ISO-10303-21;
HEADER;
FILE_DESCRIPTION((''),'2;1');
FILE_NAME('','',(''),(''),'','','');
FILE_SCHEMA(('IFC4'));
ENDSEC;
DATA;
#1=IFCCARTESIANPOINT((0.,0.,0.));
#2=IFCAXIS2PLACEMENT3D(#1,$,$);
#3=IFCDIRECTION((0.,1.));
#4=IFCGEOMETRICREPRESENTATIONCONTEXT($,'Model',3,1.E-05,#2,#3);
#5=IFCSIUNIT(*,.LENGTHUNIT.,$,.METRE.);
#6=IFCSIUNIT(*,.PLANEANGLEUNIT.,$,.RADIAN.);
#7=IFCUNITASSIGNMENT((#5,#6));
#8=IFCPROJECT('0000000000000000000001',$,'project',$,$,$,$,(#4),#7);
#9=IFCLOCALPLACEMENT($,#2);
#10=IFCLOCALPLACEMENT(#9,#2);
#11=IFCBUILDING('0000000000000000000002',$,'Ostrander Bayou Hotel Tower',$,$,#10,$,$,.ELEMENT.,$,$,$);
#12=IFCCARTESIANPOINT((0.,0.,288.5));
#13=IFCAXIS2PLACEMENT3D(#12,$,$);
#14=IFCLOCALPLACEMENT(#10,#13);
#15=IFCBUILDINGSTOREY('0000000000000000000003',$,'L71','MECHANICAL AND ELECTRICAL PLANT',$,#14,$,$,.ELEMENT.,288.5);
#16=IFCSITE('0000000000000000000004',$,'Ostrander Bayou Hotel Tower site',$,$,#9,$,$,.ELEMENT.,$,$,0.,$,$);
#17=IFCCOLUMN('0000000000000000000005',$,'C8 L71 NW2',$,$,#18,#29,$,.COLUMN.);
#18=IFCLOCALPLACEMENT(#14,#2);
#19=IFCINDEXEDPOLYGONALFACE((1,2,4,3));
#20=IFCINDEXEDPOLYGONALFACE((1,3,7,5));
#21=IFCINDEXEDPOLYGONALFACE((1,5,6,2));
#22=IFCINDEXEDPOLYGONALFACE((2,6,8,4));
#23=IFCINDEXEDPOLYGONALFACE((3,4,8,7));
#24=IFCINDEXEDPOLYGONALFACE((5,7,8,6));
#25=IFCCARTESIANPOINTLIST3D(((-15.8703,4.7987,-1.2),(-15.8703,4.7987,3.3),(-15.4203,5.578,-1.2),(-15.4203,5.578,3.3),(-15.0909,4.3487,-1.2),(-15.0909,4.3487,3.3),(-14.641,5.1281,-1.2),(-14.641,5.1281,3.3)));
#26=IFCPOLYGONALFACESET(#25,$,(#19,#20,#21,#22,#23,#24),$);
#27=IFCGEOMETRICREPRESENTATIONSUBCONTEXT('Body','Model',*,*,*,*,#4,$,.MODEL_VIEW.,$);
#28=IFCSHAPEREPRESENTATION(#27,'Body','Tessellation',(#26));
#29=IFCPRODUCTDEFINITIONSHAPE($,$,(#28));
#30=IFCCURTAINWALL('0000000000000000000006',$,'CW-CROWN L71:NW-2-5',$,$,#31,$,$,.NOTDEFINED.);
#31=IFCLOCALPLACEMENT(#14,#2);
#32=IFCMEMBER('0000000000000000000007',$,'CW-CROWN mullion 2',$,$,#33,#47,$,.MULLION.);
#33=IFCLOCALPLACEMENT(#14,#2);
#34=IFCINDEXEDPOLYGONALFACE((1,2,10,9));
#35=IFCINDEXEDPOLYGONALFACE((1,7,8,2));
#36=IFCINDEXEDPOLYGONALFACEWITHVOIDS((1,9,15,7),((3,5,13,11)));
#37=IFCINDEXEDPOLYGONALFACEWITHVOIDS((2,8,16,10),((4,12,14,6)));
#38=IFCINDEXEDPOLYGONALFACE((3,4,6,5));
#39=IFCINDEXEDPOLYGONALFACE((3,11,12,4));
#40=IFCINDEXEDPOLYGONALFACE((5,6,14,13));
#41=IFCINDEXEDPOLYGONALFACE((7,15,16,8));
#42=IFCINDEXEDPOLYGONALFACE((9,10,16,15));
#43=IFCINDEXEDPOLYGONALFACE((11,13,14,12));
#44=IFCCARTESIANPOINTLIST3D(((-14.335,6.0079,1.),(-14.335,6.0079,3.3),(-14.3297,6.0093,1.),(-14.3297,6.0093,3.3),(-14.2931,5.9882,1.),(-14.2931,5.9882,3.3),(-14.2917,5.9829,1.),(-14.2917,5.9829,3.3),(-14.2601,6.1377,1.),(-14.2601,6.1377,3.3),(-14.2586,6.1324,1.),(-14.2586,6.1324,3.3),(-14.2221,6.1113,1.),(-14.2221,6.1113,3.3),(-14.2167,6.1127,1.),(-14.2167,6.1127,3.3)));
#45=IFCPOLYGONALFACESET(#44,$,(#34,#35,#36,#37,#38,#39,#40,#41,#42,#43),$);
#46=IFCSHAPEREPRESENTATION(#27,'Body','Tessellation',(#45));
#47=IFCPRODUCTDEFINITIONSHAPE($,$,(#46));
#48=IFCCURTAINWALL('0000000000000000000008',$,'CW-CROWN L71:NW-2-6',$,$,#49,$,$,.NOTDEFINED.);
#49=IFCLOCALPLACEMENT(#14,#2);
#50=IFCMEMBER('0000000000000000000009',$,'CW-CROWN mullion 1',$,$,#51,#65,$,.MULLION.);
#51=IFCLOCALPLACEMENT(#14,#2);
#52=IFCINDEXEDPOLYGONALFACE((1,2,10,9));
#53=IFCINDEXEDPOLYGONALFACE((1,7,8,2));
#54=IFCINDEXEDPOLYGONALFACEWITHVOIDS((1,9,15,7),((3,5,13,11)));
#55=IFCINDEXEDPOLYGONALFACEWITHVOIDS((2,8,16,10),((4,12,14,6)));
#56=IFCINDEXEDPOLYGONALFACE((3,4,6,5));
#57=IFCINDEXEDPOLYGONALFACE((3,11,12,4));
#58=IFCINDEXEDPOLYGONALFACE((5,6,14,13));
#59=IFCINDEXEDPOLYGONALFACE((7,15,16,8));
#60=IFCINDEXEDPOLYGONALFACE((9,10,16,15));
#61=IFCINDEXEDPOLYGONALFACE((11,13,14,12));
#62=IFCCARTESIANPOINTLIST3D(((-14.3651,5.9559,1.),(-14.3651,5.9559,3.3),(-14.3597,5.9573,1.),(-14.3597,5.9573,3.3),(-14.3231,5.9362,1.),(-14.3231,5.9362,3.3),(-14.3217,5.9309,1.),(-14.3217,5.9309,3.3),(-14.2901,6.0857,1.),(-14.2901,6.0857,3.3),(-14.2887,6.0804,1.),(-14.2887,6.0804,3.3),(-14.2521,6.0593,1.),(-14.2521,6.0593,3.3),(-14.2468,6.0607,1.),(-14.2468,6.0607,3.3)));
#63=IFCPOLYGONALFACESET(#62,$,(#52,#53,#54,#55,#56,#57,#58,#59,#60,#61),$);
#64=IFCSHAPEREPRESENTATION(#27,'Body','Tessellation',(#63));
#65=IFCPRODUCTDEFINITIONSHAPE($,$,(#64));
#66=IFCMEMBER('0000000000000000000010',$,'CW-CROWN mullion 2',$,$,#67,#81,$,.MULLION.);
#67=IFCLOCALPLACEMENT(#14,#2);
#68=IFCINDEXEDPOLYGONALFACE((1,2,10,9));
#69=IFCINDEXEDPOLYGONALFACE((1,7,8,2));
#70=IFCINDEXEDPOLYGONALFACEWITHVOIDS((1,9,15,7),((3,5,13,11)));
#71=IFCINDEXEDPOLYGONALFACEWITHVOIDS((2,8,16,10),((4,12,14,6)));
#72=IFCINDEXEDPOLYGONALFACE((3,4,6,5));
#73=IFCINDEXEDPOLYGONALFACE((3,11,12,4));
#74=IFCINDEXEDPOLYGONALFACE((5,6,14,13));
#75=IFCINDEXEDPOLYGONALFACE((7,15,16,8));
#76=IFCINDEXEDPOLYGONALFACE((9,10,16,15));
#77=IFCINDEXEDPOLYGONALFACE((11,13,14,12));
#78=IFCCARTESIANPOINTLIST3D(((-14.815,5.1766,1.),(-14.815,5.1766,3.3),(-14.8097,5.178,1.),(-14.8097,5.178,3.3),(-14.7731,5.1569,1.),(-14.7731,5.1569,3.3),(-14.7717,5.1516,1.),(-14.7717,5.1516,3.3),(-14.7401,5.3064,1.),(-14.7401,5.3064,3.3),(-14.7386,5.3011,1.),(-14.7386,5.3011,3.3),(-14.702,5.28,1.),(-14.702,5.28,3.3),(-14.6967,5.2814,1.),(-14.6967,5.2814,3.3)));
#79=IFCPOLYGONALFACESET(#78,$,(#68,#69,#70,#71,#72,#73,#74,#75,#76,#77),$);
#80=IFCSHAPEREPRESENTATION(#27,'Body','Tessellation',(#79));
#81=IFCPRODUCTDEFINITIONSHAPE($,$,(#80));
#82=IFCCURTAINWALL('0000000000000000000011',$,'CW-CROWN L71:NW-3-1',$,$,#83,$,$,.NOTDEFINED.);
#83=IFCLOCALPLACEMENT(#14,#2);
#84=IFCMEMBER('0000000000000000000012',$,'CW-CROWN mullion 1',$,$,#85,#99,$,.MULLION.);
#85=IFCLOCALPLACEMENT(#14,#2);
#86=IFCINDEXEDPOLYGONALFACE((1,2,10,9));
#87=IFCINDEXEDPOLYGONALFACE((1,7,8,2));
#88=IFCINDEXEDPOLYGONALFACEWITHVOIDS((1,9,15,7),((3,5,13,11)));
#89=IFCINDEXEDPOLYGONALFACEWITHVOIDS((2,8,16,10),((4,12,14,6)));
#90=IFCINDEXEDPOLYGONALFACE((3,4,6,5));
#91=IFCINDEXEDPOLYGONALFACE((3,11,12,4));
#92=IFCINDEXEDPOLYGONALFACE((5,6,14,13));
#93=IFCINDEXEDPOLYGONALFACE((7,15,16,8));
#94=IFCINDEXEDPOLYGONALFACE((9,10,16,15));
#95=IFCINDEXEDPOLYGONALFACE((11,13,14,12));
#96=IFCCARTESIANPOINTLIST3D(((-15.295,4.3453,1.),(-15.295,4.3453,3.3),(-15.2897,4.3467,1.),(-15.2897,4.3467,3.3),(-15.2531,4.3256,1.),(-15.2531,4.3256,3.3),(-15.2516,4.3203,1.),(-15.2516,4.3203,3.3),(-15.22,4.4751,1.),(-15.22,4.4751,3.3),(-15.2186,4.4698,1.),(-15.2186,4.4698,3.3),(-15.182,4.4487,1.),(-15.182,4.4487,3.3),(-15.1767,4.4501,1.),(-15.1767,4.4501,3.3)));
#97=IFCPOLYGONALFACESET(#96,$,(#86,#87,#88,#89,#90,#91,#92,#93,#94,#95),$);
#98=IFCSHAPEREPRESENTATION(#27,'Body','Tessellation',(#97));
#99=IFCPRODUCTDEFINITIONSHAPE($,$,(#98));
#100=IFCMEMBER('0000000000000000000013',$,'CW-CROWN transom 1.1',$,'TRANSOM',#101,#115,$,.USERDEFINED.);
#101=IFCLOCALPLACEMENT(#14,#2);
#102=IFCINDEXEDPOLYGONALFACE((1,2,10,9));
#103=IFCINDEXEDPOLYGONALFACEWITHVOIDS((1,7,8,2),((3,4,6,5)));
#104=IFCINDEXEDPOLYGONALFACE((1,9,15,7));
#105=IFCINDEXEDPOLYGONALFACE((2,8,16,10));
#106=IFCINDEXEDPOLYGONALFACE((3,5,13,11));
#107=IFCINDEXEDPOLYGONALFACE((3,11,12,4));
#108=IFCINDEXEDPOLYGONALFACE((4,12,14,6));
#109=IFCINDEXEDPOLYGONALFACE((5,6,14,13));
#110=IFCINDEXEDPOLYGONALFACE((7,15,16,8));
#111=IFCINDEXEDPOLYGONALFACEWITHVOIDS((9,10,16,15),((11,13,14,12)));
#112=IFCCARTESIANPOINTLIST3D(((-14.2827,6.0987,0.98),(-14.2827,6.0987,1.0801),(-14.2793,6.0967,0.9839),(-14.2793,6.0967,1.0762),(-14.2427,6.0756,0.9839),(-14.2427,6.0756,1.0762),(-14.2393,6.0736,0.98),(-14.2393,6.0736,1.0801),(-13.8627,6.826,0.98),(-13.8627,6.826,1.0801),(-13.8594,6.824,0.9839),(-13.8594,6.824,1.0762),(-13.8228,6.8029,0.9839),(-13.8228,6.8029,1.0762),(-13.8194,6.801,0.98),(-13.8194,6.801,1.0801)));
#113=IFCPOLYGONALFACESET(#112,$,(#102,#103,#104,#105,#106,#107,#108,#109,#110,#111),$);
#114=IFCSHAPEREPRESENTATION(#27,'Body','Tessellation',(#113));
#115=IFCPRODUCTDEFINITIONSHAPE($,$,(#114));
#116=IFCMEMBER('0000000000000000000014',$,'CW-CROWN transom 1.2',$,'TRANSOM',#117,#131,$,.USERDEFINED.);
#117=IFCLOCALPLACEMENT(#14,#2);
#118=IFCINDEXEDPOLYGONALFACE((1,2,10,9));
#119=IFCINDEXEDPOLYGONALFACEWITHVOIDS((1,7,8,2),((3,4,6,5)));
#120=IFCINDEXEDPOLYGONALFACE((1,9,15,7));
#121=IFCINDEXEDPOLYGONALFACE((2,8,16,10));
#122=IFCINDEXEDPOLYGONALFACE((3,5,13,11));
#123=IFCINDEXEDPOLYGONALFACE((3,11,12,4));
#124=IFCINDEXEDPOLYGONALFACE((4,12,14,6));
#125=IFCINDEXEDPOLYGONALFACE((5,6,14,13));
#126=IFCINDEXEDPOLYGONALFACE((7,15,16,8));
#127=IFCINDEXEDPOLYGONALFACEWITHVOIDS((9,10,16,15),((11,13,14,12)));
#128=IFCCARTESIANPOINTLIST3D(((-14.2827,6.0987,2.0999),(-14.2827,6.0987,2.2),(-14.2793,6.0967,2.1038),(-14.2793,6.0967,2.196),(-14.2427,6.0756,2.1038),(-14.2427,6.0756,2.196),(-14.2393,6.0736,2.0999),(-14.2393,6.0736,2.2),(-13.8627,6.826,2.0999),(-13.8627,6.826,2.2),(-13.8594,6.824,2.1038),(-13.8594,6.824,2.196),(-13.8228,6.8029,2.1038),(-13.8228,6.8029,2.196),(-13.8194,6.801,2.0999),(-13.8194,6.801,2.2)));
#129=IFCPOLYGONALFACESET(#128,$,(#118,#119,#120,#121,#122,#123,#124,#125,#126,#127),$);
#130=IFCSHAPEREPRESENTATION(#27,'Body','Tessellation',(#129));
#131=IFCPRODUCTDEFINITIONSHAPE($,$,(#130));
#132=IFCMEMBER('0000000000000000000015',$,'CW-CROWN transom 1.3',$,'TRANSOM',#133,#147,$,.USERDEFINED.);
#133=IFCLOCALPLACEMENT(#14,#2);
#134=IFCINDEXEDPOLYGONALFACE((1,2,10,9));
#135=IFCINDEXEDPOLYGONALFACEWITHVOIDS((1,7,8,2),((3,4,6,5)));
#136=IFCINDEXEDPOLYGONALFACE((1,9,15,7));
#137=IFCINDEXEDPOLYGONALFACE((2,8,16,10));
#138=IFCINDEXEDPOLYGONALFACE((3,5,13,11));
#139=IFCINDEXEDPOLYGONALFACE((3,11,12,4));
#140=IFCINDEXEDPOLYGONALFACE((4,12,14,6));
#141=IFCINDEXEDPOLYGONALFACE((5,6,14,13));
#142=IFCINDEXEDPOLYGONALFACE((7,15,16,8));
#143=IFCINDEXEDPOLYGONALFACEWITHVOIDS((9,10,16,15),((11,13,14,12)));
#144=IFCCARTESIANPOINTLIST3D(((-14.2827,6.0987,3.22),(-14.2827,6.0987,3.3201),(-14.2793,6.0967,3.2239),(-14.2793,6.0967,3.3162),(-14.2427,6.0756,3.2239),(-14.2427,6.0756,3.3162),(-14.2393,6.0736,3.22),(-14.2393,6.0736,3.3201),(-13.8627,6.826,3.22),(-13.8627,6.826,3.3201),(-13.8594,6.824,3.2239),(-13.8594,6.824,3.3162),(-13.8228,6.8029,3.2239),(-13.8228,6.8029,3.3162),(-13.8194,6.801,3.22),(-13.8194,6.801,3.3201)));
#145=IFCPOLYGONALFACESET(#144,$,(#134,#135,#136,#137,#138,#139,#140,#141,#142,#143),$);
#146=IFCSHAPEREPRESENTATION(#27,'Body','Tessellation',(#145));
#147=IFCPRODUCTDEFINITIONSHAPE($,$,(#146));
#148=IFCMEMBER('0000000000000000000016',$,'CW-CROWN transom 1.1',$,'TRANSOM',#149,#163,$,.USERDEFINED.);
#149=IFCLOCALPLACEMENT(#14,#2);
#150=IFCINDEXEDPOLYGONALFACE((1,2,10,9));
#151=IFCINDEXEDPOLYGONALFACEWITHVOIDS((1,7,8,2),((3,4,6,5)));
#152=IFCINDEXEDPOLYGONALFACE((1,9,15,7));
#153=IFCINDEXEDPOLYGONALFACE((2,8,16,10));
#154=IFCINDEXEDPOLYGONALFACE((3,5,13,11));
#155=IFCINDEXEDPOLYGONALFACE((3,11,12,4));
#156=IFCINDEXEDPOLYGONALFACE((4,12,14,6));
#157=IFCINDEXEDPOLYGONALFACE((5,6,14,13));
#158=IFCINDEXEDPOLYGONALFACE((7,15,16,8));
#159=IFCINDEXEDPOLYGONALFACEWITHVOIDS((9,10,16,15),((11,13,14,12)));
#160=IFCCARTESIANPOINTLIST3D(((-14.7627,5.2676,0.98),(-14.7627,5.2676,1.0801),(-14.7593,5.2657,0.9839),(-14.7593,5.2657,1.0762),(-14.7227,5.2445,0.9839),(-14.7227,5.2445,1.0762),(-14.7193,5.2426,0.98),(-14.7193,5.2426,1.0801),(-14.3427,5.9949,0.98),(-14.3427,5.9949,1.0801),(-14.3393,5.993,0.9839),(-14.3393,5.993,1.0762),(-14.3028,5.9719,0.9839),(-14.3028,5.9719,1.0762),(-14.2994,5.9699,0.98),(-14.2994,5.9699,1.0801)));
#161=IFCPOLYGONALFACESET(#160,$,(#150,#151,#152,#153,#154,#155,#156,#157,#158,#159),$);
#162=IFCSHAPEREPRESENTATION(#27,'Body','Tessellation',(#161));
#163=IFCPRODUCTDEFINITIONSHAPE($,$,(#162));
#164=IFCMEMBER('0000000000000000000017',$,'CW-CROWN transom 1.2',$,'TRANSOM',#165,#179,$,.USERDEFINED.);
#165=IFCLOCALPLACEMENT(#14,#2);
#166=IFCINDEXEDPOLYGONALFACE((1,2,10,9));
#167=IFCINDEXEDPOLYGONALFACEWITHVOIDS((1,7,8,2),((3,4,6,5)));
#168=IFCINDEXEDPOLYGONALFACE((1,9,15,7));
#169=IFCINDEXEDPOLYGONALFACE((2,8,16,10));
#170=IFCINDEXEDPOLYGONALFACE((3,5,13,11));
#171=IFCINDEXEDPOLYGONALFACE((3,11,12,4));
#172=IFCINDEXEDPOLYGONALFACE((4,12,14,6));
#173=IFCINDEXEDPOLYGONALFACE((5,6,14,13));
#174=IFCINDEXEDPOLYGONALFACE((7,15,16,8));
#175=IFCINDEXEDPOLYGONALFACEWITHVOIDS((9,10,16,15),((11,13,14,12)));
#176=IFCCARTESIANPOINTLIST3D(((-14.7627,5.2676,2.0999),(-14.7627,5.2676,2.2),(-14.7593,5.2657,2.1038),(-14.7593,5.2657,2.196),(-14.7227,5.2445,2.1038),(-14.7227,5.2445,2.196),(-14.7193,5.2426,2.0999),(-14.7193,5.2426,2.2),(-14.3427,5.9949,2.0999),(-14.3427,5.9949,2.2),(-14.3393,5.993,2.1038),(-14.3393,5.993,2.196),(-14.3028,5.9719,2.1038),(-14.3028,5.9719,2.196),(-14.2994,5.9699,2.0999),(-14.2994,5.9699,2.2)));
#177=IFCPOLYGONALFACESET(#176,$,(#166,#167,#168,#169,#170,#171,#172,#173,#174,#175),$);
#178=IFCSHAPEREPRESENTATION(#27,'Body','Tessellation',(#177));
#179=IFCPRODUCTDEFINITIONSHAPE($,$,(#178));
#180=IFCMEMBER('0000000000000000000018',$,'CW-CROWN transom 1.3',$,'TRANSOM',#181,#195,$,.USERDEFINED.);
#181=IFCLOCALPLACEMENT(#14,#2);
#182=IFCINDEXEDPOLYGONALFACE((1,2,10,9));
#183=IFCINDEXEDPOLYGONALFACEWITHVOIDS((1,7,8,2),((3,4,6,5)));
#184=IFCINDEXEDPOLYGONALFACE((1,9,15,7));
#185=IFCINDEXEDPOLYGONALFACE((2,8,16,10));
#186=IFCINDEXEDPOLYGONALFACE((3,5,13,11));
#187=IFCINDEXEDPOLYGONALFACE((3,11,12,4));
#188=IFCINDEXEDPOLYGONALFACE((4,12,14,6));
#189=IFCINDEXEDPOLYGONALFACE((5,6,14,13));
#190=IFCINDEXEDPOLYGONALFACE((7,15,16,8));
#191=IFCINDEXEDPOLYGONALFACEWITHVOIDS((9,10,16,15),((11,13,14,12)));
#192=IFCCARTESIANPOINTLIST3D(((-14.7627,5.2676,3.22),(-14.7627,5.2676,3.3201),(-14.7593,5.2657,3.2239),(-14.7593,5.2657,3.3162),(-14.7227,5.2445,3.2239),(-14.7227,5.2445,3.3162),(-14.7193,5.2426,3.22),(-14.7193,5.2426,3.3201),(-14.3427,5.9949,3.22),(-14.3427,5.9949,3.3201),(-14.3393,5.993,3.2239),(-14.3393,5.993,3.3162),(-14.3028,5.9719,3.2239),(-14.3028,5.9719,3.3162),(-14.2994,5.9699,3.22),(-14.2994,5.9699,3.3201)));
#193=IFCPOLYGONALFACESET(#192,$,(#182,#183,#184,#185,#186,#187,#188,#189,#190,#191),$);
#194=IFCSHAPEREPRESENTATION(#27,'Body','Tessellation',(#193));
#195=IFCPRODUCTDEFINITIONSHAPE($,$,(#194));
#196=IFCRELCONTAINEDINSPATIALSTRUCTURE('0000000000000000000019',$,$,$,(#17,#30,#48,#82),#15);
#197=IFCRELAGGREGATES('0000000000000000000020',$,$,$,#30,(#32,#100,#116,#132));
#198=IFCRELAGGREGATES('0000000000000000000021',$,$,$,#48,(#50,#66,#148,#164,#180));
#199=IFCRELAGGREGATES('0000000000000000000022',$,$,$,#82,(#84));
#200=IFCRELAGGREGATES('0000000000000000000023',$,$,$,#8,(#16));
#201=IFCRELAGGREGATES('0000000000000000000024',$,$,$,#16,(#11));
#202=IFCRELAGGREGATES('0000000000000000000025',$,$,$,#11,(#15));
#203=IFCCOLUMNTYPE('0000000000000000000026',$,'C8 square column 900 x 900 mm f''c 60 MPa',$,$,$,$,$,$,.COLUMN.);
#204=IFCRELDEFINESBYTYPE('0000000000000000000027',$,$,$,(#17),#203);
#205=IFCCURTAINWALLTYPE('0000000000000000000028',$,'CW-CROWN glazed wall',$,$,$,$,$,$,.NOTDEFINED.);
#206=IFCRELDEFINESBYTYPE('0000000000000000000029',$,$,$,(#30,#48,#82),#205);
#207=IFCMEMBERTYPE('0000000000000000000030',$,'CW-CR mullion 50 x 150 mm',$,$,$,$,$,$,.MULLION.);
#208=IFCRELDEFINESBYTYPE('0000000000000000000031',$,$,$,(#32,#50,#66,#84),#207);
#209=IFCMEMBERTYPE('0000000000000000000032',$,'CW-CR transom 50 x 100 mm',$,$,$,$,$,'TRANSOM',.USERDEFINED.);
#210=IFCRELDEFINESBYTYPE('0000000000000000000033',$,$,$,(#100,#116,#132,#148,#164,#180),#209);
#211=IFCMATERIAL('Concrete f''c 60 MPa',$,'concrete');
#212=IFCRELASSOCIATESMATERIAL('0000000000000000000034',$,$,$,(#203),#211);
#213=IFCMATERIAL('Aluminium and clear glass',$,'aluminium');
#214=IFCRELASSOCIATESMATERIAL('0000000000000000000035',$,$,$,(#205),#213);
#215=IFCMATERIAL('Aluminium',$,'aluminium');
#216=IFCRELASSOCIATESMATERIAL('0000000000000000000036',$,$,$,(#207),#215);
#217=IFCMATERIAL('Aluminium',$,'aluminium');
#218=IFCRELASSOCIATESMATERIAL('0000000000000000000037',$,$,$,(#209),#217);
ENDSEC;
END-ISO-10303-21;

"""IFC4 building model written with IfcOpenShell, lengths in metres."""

from ifc_helpers import new_model, si_unit, direction, frame, origin, origin_2d, place, context, subcontext, project, spatial, rectangle, hollow_rectangle, extrude, material, material_profile, profile_set, type_object, element, aggregate, save


model = new_model("IFC4")

# Units and contexts
model_context = context("Model", 3, precision=1e-05, world=origin(), true_north=direction((0.0, 1.0)))
body_context = subcontext(model_context, "Body", "Model", "MODEL_VIEW")
ifc_project = project(units=[si_unit("LENGTHUNIT", "METRE"), si_unit("PLANEANGLEUNIT", "RADIAN")], contexts=[model_context])

# Site, building, storey
site_placement = place(None, origin())
site = spatial("IfcSite", under=ifc_project, at=site_placement, Name="Ostrander Bayou Hotel Tower site", CompositionType="ELEMENT", RefElevation=0.0)
building_placement = place(site_placement, origin())
building = spatial("IfcBuilding", under=site, at=building_placement, Name="Ostrander Bayou Hotel Tower", CompositionType="ELEMENT")
storey_placement = place(building_placement, frame((0.0, 0.0, 288.5)))
storey = spatial("IfcBuildingStorey", under=building, at=storey_placement, Name="L71", Description="MECHANICAL AND ELECTRICAL PLANT", CompositionType="ELEMENT", Elevation=288.5)

# Column
ifc_material_1 = material(Name="Concrete f'c 60 MPa", Category="concrete")
ifc_material_profile_1 = material_profile(ifc_material_1, rectangle(XDim=0.8999, YDim=0.8999, at=origin_2d()))
ifc_profile_set_1 = profile_set([ifc_material_profile_1], Name="Concrete f'c 60 MPa")
column_type = type_object("IfcColumnType", Name="C8 square column 900 x 900 mm f'c 60 MPa", PredefinedType="COLUMN", material=ifc_profile_set_1)
column_placement = place(storey_placement, frame((-15.2556, 4.9634, -1.2), z_axis=(0.0, 0.0, 1.0), x_axis=(0.5, 0.866025, 0.0)))
element("IfcColumn", 1, at=column_placement, inside=storey, type_object=column_type, Name="C8 L71 NW2", PredefinedType="COLUMN", context=body_context, shape_type="SweptSolid", body=[
    extrude(rectangle(XDim=0.8999, YDim=0.8999, at=origin_2d()), origin(), (0.0, 0.0, 1.0), 4.5),
])

# Curtain wall, member
ifc_material_2 = material(Name="Aluminium and clear glass", Category="aluminium")
curtain_wall_type = type_object("IfcCurtainWallType", Name="CW-CROWN glazed wall", PredefinedType="NOTDEFINED", material=ifc_material_2)
curtain_wall_1_placement = place(storey_placement, origin())
curtain_wall_1 = element("IfcCurtainWall", 2, at=curtain_wall_1_placement, inside=storey, type_object=curtain_wall_type, Name="CW-CROWN L71:NW-2-5", PredefinedType="NOTDEFINED")
ifc_material_3 = material(Name="Aluminium", Category="aluminium")
ifc_material_profile_2 = material_profile(ifc_material_3, hollow_rectangle(XDim=0.05, YDim=0.1499, WallThickness=0.0039, at=origin_2d()))
ifc_profile_set_2 = profile_set([ifc_material_profile_2], Name="Aluminium")
member_type_1 = type_object("IfcMemberType", Name="CW-CR mullion 50 x 150 mm", PredefinedType="MULLION", material=ifc_profile_set_2)
member_1_placement = place(storey_placement, frame((-14.2759, 6.0603, 1.0), z_axis=(0.0, 0.0, 1.0), x_axis=(0.866022, -0.500005, 0.0)))
member_1 = element("IfcMember", 3, at=member_1_placement, type_object=member_type_1, Name="CW-CROWN mullion 2", PredefinedType="MULLION", context=body_context, shape_type="SweptSolid", body=[
    extrude(hollow_rectangle(XDim=0.05, YDim=0.1499, WallThickness=0.0039, at=origin_2d()), origin(), (0.0, 0.0, 1.0), 2.3),
])

# Curtain wall, members
curtain_wall_2_placement = place(storey_placement, origin())
curtain_wall_2 = element("IfcCurtainWall", 4, at=curtain_wall_2_placement, inside=storey, type_object=curtain_wall_type, Name="CW-CROWN L71:NW-2-6", PredefinedType="NOTDEFINED")
member_2_placement = place(storey_placement, frame((-14.3059, 6.0083, 1.0), z_axis=(0.0, 0.0, 1.0), x_axis=(0.866022, -0.500005, 0.0)))
member_2 = element("IfcMember", 5, at=member_2_placement, type_object=member_type_1, Name="CW-CROWN mullion 1", PredefinedType="MULLION", context=body_context, shape_type="SweptSolid", body=[
    extrude(hollow_rectangle(XDim=0.05, YDim=0.1499, WallThickness=0.0039, at=origin_2d()), origin(), (0.0, 0.0, 1.0), 2.3),
])
member_3_placement = place(storey_placement, frame((-14.7559, 5.229, 1.0), z_axis=(0.0, 0.0, 1.0), x_axis=(0.866022, -0.500005, 0.0)))
member_3 = element("IfcMember", 6, at=member_3_placement, type_object=member_type_1, Name="CW-CROWN mullion 2", PredefinedType="MULLION", context=body_context, shape_type="SweptSolid", body=[
    extrude(hollow_rectangle(XDim=0.05, YDim=0.1499, WallThickness=0.0039, at=origin_2d()), origin(), (0.0, 0.0, 1.0), 2.3),
])

# Curtain wall, member
curtain_wall_3_placement = place(storey_placement, origin())
curtain_wall_3 = element("IfcCurtainWall", 7, at=curtain_wall_3_placement, inside=storey, type_object=curtain_wall_type, Name="CW-CROWN L71:NW-3-1", PredefinedType="NOTDEFINED")
member_4_placement = place(storey_placement, frame((-15.2358, 4.3977, 1.0), z_axis=(0.0, 0.0, 1.0), x_axis=(0.866018, -0.500013, 0.0)))
member_4 = element("IfcMember", 8, at=member_4_placement, type_object=member_type_1, Name="CW-CROWN mullion 1", PredefinedType="MULLION", context=body_context, shape_type="SweptSolid", body=[
    extrude(hollow_rectangle(XDim=0.05, YDim=0.1499, WallThickness=0.0039, at=origin_2d()), origin(), (0.0, 0.0, 1.0), 2.3),
])

# Members
ifc_material_4 = material(Name="Aluminium", Category="aluminium")
ifc_material_profile_3 = material_profile(ifc_material_4, hollow_rectangle(XDim=0.05, YDim=0.1001, WallThickness=0.0039, at=origin_2d()))
ifc_profile_set_3 = profile_set([ifc_material_profile_3], Name="Aluminium")
member_type_2 = type_object("IfcMemberType", Name="CW-CR transom 50 x 100 mm", ElementType="TRANSOM", PredefinedType="USERDEFINED", material=ifc_profile_set_3)
member_5_placement = place(storey_placement, frame((-13.8411, 6.8135, 1.03), z_axis=(-0.500016, -0.866016, 0.0), x_axis=(0.866016, -0.500016, 0.0)))
member_5 = element("IfcMember", 9, at=member_5_placement, type_object=member_type_2, Name="CW-CROWN transom 1.1", ObjectType="TRANSOM", PredefinedType="USERDEFINED", context=body_context, shape_type="SweptSolid", body=[
    extrude(hollow_rectangle(XDim=0.05, YDim=0.1001, WallThickness=0.0039, at=origin_2d()), origin(), (0.0, 0.0, 1.0), 0.8398),
])
member_6_placement = place(storey_placement, frame((-13.8411, 6.8135, 2.1499), z_axis=(-0.500016, -0.866016, 0.0), x_axis=(0.866016, -0.500016, 0.0)))
member_6 = element("IfcMember", 10, at=member_6_placement, type_object=member_type_2, Name="CW-CROWN transom 1.2", ObjectType="TRANSOM", PredefinedType="USERDEFINED", context=body_context, shape_type="SweptSolid", body=[
    extrude(hollow_rectangle(XDim=0.05, YDim=0.1001, WallThickness=0.0039, at=origin_2d()), origin(), (0.0, 0.0, 1.0), 0.8398),
])
member_7_placement = place(storey_placement, frame((-13.8411, 6.8135, 3.27), z_axis=(-0.500016, -0.866016, 0.0), x_axis=(0.866016, -0.500016, 0.0)))
member_7 = element("IfcMember", 11, at=member_7_placement, type_object=member_type_2, Name="CW-CROWN transom 1.3", ObjectType="TRANSOM", PredefinedType="USERDEFINED", context=body_context, shape_type="SweptSolid", body=[
    extrude(hollow_rectangle(XDim=0.05, YDim=0.1001, WallThickness=0.0039, at=origin_2d()), origin(), (0.0, 0.0, 1.0), 0.8398),
])
member_8_placement = place(storey_placement, frame((-14.321, 5.9824, 1.03), z_axis=(-0.500016, -0.866016, 0.0), x_axis=(0.866016, -0.500016, 0.0)))
member_8 = element("IfcMember", 12, at=member_8_placement, type_object=member_type_2, Name="CW-CROWN transom 1.1", ObjectType="TRANSOM", PredefinedType="USERDEFINED", context=body_context, shape_type="SweptSolid", body=[
    extrude(hollow_rectangle(XDim=0.05, YDim=0.1001, WallThickness=0.0039, at=origin_2d()), origin(), (0.0, 0.0, 1.0), 0.8398),
])
member_9_placement = place(storey_placement, frame((-14.321, 5.9824, 2.1499), z_axis=(-0.500016, -0.866016, 0.0), x_axis=(0.866016, -0.500016, 0.0)))
member_9 = element("IfcMember", 13, at=member_9_placement, type_object=member_type_2, Name="CW-CROWN transom 1.2", ObjectType="TRANSOM", PredefinedType="USERDEFINED", context=body_context, shape_type="SweptSolid", body=[
    extrude(hollow_rectangle(XDim=0.05, YDim=0.1001, WallThickness=0.0039, at=origin_2d()), origin(), (0.0, 0.0, 1.0), 0.8398),
])
member_10_placement = place(storey_placement, frame((-14.321, 5.9824, 3.27), z_axis=(-0.500016, -0.866016, 0.0), x_axis=(0.866016, -0.500016, 0.0)))
member_10 = element("IfcMember", 14, at=member_10_placement, type_object=member_type_2, Name="CW-CROWN transom 1.3", ObjectType="TRANSOM", PredefinedType="USERDEFINED", context=body_context, shape_type="SweptSolid", body=[
    extrude(hollow_rectangle(XDim=0.05, YDim=0.1001, WallThickness=0.0039, at=origin_2d()), origin(), (0.0, 0.0, 1.0), 0.8398),
])

aggregate(curtain_wall_1, [member_1, member_5, member_6, member_7])
aggregate(curtain_wall_2, [member_2, member_3, member_8, member_9, member_10])
aggregate(curtain_wall_3, [member_4])

save(model, "model.ifc")
